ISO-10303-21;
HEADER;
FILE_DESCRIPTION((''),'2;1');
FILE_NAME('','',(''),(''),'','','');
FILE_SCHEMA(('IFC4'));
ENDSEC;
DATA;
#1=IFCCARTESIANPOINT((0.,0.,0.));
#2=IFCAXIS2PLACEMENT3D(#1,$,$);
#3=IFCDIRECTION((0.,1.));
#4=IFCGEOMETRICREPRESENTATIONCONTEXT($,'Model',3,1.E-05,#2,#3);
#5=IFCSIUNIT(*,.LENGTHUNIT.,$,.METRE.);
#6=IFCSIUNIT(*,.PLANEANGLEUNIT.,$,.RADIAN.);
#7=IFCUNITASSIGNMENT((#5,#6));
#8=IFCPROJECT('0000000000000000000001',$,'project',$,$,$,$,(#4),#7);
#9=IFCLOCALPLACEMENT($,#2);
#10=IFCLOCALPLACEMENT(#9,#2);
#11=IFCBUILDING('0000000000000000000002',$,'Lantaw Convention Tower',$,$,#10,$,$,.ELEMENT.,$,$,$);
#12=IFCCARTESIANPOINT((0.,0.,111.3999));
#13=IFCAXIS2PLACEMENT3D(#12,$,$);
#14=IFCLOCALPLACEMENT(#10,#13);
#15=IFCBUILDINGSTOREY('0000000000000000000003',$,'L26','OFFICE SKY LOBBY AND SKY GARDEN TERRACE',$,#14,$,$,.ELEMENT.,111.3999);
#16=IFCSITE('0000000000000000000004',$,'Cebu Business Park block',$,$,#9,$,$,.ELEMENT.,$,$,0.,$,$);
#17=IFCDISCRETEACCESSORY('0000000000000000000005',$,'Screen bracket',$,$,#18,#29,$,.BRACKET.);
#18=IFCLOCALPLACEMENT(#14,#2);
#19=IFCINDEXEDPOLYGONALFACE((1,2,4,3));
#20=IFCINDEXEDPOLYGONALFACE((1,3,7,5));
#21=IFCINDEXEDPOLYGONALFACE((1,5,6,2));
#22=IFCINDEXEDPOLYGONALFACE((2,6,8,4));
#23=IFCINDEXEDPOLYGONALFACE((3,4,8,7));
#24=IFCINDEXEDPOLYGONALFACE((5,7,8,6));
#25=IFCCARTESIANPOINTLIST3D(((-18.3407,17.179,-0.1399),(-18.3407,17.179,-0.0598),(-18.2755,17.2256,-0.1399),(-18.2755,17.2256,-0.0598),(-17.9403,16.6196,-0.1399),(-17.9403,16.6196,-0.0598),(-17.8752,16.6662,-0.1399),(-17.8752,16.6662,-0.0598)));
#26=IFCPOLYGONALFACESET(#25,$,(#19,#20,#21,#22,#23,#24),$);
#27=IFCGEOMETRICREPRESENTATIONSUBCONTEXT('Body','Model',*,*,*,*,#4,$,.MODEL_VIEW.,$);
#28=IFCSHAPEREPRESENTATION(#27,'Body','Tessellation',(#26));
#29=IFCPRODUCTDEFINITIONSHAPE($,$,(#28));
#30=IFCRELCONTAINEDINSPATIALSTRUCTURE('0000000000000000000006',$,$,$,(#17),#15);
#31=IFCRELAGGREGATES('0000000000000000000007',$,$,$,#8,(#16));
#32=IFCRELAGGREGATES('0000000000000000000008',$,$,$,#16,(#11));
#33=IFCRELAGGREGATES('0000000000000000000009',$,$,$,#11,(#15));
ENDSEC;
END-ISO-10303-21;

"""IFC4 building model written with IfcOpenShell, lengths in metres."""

from ifc_helpers import new_model, si_unit, direction, frame, origin, origin_2d, place, context, subcontext, project, spatial, rectangle, extrude, element, save


model = new_model("IFC4")

# Units and contexts
model_context = context("Model", 3, precision=1e-05, world=origin(), true_north=direction((0.0, 1.0)))
body_context = subcontext(model_context, "Body", "Model", "MODEL_VIEW")
ifc_project = project(units=[si_unit("LENGTHUNIT", "METRE"), si_unit("PLANEANGLEUNIT", "RADIAN")], contexts=[model_context])

# Site, building, storey
site_placement = place(None, origin())
site = spatial("IfcSite", under=ifc_project, at=site_placement, Name="Cebu Business Park block", CompositionType="ELEMENT", RefElevation=0.0)
building_placement = place(site_placement, origin())
building = spatial("IfcBuilding", under=site, at=building_placement, Name="Lantaw Convention Tower", CompositionType="ELEMENT")
storey_placement = place(building_placement, frame((0.0, 0.0, 111.3999)))
storey = spatial("IfcBuildingStorey", under=building, at=storey_placement, Name="L26", Description="OFFICE SKY LOBBY AND SKY GARDEN TERRACE", CompositionType="ELEMENT", Elevation=111.3999)

# Discrete accessory
discrete_accessory_placement = place(storey_placement, frame((-18.1079, 16.9226, -0.1399), z_axis=(0.0, 0.0, 1.0), x_axis=(-0.813208, -0.581973, 0.0)))
element("IfcDiscreteAccessory", 1, at=discrete_accessory_placement, inside=storey, Name="Screen bracket", PredefinedType="BRACKET", context=body_context, shape_type="SweptSolid", body=[
    extrude(rectangle(XDim=0.0801, YDim=0.688, at=origin_2d()), origin(), (0.0, 0.0, 1.0), 0.0801),
])

save(model, "model.ifc")
